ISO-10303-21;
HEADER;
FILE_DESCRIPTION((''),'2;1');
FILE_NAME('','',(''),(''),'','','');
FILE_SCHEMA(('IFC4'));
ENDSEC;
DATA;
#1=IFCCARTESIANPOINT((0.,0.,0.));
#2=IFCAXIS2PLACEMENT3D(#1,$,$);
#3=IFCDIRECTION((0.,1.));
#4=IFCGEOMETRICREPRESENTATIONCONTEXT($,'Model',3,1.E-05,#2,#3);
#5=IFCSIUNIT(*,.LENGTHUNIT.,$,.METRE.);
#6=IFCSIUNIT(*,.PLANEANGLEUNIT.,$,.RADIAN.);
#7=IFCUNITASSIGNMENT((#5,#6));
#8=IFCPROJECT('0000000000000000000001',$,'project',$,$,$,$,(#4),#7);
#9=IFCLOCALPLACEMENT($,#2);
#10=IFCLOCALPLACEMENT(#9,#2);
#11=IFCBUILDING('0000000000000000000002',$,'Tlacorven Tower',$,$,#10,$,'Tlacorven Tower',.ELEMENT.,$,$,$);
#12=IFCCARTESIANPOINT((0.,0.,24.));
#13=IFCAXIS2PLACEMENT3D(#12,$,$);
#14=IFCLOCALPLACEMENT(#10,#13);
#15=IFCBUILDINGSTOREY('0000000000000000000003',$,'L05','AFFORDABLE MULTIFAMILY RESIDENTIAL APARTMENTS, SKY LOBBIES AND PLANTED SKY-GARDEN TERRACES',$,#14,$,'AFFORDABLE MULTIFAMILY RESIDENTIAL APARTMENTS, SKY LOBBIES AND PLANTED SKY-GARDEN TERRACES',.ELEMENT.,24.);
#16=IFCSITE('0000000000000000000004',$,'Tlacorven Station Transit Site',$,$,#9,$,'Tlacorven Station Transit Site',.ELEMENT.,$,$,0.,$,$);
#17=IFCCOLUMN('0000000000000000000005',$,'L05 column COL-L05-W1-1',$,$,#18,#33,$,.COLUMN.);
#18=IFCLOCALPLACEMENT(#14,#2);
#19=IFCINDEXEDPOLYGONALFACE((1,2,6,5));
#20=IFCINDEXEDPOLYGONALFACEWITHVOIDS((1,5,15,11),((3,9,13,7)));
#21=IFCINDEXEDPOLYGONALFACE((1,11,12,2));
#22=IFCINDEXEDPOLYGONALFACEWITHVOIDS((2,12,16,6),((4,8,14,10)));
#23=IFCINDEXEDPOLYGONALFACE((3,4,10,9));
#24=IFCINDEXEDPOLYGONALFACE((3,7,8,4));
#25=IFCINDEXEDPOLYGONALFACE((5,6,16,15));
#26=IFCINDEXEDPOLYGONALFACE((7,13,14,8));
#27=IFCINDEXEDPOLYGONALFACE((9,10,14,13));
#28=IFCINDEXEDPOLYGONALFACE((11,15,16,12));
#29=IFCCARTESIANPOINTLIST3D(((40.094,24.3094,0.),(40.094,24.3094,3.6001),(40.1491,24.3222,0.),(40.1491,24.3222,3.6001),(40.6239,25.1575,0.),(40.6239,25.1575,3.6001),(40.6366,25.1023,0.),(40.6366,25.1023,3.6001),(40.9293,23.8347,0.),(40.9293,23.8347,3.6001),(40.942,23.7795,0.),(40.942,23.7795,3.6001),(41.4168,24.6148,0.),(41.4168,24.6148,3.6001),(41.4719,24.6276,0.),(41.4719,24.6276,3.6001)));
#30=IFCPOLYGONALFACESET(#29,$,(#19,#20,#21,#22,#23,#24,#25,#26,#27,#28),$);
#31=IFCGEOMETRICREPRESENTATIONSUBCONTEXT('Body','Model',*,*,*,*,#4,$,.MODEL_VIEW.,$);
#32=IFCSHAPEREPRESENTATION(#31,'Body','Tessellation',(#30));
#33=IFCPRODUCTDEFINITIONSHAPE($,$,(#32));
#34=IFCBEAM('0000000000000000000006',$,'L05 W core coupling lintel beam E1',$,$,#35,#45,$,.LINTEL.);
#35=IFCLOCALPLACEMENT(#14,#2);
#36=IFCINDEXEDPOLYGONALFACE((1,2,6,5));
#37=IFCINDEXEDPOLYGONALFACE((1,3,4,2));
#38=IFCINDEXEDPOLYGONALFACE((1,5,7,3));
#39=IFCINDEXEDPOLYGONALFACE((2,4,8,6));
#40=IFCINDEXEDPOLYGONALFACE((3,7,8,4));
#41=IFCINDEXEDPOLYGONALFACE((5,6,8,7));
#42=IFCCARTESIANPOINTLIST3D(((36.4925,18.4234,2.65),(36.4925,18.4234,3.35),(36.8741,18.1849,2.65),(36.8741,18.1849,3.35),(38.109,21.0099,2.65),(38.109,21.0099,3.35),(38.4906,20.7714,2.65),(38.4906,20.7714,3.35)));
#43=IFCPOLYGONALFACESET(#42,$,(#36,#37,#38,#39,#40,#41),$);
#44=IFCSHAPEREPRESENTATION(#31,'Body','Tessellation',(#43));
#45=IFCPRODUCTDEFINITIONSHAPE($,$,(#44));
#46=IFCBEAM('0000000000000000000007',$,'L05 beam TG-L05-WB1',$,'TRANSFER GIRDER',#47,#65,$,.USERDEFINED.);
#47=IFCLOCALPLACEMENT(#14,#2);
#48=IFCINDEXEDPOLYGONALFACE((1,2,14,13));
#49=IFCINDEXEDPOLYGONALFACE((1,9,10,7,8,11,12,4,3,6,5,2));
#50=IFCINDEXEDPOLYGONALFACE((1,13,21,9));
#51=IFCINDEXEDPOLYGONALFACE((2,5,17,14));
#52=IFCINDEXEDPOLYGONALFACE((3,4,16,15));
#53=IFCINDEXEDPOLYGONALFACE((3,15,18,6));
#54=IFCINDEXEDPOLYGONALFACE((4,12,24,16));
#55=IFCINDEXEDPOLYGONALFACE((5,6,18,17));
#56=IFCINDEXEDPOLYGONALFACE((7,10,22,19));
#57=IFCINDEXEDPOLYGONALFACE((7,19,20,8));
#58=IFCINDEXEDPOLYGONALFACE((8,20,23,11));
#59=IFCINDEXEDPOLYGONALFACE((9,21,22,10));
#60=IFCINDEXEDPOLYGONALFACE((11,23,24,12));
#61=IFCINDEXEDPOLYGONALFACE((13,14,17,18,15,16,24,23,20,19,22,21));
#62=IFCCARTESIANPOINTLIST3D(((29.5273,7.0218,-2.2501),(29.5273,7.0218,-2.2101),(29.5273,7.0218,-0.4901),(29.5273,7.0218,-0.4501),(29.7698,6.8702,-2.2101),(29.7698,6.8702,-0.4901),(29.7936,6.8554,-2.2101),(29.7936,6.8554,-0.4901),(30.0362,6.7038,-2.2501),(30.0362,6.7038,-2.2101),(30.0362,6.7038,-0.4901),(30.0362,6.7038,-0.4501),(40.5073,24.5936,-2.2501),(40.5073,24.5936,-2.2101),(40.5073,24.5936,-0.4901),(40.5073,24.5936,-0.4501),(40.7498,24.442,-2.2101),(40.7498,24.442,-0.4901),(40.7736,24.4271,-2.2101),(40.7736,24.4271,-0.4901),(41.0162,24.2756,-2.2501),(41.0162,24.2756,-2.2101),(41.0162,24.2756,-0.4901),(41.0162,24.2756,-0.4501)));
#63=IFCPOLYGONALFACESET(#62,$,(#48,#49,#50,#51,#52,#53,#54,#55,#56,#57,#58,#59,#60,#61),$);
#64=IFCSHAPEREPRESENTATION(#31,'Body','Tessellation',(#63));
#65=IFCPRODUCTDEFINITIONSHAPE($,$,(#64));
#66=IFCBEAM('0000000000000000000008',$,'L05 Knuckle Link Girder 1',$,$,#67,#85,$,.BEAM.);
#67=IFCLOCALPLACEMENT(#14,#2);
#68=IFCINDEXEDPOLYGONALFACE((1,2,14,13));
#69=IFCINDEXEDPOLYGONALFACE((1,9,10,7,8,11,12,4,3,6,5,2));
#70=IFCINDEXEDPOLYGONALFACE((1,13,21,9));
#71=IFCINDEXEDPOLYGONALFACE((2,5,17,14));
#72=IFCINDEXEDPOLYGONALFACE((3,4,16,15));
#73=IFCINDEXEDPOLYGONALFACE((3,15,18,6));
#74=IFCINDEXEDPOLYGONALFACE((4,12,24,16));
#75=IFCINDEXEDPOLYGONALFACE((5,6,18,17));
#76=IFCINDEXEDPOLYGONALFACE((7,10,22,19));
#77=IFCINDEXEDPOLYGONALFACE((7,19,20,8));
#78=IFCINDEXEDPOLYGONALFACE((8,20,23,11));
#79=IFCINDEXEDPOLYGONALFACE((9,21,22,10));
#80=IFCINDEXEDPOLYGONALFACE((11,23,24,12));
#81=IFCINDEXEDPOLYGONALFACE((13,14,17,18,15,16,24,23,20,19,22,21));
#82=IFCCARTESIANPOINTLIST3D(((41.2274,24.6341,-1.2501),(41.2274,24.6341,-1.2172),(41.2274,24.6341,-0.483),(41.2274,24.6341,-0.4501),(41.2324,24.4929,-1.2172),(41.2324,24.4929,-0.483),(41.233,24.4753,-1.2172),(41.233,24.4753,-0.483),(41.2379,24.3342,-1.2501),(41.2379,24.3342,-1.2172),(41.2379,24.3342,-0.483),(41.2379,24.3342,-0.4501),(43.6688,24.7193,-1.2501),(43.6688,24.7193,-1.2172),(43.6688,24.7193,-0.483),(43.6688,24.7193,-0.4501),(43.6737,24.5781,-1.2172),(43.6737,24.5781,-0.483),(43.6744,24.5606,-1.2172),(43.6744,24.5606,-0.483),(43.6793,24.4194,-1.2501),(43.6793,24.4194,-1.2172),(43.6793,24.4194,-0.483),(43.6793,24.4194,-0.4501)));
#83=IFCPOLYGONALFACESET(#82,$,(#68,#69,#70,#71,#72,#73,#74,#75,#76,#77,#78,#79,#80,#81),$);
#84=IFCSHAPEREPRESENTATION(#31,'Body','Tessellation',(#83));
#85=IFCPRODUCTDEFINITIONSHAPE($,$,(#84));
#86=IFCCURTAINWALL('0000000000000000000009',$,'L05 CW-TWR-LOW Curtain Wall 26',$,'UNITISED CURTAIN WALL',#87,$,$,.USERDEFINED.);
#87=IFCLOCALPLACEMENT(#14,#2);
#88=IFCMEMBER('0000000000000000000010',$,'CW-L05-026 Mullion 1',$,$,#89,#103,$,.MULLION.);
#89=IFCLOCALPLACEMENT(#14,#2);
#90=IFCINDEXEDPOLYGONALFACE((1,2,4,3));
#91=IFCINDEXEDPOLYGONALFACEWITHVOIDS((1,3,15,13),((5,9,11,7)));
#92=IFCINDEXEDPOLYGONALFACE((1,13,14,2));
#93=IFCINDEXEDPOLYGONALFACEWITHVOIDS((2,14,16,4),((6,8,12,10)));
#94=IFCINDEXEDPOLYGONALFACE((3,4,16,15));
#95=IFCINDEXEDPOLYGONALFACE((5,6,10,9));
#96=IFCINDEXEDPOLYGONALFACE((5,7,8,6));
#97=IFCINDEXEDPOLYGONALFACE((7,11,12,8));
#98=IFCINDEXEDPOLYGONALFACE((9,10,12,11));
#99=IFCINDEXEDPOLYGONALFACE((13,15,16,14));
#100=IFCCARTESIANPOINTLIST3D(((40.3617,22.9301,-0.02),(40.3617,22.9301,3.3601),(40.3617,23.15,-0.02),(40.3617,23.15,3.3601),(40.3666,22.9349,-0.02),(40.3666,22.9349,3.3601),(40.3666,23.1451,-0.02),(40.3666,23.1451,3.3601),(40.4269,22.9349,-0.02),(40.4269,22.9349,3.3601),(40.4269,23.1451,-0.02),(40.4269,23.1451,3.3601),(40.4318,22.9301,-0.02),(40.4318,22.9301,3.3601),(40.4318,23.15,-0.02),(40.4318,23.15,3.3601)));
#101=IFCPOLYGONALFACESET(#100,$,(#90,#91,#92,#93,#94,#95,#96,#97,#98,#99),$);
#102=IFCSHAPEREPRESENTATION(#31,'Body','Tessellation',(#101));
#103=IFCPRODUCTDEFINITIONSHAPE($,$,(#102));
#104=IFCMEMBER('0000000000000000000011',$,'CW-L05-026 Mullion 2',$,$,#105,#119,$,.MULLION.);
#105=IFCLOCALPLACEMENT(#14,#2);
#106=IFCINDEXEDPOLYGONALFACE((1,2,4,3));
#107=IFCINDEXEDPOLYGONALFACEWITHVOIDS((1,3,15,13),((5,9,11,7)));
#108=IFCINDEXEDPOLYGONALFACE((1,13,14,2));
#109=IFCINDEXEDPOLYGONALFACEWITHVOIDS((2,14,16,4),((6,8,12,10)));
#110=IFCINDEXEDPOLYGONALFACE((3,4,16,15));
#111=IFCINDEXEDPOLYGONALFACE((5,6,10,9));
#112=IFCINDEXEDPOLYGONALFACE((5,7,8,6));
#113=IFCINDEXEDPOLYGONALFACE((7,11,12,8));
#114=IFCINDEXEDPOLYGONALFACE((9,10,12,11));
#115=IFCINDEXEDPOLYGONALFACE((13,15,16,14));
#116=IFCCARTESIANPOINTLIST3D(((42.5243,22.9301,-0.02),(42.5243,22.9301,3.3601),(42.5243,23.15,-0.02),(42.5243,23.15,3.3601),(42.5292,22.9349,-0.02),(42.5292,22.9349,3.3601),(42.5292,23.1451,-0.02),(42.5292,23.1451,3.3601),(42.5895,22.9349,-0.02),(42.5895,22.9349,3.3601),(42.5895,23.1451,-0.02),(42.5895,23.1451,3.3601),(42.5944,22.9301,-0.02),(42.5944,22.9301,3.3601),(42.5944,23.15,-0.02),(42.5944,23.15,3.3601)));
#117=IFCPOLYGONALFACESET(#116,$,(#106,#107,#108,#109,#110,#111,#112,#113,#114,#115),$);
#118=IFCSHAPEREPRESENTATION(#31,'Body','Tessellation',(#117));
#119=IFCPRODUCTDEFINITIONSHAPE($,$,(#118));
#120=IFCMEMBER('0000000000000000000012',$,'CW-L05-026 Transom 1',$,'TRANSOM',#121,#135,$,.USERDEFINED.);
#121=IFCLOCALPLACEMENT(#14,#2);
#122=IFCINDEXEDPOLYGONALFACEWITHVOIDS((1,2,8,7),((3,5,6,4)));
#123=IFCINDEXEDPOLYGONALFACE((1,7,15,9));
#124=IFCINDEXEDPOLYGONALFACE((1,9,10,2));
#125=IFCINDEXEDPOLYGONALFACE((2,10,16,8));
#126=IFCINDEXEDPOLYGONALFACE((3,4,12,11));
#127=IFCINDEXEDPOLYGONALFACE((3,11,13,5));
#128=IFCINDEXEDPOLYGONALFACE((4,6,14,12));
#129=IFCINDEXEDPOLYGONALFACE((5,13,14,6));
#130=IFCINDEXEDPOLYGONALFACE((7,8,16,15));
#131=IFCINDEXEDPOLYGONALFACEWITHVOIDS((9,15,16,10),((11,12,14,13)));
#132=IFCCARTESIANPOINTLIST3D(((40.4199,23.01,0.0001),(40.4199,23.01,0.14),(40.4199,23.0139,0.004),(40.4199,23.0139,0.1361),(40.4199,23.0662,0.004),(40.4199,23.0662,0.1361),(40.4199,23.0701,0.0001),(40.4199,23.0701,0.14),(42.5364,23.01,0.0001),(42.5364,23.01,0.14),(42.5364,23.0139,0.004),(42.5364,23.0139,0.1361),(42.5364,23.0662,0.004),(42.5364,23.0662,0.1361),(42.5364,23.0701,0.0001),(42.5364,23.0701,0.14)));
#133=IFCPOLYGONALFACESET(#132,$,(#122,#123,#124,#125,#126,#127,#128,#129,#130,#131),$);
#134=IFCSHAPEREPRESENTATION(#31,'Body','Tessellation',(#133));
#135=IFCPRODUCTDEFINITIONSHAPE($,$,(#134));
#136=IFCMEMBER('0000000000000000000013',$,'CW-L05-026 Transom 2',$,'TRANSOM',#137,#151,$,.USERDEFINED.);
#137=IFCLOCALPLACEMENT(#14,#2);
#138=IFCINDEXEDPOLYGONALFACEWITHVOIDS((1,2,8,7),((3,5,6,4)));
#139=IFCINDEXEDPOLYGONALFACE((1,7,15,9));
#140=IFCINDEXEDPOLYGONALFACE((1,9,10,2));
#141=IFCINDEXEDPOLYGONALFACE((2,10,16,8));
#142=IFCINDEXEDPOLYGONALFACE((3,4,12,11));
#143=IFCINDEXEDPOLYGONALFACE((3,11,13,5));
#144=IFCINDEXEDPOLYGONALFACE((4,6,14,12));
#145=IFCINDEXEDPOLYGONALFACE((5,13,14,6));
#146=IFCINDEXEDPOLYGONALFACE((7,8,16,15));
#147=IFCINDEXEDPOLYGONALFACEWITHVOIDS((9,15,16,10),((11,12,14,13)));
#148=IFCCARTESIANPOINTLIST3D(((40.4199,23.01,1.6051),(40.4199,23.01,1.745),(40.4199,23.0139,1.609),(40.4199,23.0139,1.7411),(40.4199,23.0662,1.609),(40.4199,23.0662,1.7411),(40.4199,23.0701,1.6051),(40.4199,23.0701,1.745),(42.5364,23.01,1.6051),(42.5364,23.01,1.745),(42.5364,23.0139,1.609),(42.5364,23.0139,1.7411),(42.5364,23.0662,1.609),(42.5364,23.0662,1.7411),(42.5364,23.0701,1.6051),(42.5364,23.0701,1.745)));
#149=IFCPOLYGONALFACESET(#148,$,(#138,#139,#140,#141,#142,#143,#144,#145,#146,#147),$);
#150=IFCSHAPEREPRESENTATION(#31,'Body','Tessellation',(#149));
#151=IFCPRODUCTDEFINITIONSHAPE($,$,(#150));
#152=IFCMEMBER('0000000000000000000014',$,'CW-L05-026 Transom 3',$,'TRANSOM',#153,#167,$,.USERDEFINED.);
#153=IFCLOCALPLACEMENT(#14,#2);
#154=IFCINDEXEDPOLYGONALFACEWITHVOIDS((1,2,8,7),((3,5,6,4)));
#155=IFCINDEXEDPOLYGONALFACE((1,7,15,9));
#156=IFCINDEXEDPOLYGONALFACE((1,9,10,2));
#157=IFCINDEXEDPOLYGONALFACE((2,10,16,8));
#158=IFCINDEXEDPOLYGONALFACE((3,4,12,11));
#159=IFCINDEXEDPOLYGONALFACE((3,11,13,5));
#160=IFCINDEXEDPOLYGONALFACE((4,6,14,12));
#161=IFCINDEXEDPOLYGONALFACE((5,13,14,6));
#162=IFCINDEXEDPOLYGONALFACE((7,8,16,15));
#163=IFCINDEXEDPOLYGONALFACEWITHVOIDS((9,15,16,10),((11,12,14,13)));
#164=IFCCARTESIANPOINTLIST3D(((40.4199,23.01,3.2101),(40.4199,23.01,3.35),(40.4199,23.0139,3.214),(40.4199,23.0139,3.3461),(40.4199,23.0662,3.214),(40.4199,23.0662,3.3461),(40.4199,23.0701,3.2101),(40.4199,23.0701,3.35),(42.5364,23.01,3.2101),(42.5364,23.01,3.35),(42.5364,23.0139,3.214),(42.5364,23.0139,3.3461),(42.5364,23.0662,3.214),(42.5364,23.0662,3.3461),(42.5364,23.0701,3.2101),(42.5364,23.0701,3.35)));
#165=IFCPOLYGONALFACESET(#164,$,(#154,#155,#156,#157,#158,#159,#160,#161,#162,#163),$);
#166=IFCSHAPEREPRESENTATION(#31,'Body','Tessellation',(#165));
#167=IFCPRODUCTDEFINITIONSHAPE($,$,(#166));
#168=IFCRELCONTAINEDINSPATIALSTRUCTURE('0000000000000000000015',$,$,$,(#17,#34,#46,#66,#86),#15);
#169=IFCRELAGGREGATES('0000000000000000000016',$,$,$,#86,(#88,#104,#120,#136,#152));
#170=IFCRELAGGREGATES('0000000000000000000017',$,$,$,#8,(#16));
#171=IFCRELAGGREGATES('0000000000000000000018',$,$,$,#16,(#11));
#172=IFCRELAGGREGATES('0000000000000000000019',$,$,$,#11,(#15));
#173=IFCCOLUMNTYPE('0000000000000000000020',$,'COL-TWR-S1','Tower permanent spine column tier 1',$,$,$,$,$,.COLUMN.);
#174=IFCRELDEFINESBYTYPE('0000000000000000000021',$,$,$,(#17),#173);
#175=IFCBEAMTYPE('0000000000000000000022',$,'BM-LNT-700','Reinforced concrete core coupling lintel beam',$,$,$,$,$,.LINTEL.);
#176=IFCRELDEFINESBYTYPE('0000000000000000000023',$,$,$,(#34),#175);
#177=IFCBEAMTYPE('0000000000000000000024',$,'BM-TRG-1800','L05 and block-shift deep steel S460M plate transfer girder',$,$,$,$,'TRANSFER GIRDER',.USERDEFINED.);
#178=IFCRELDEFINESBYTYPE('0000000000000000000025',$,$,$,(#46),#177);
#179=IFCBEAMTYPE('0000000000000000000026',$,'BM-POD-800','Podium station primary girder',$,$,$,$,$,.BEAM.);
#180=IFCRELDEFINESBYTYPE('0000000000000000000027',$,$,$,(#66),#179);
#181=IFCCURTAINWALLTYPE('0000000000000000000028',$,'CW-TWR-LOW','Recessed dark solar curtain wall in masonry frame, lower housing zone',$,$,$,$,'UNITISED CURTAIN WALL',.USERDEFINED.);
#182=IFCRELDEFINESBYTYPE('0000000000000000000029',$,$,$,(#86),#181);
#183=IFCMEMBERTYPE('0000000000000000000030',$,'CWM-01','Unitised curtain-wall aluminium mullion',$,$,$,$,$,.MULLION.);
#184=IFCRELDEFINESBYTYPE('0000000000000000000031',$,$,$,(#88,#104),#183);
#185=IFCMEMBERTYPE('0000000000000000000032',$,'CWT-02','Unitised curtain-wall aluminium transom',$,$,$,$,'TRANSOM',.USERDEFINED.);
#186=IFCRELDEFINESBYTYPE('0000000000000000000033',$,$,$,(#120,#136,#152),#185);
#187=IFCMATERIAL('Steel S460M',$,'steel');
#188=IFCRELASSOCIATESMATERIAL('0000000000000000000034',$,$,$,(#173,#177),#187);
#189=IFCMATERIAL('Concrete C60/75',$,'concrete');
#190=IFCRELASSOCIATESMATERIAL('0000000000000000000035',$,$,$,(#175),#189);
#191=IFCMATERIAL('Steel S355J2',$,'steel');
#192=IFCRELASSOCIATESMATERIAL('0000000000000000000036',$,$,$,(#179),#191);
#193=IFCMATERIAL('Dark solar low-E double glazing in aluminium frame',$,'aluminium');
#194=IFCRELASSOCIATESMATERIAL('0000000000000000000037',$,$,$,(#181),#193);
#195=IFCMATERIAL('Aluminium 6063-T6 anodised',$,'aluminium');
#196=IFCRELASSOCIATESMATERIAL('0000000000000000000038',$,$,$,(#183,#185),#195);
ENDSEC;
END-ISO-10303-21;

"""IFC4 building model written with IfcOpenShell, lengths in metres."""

from ifc_helpers import new_model, si_unit, direction, frame, origin, origin_2d, place, context, subcontext, project, spatial, rectangle, hollow_rectangle, i_section, extrude, source, transform, mapped, material, material_profile, profile_set, type_object, element, aggregate, save


model = new_model("IFC4")

# Units and contexts
model_context = context("Model", 3, precision=1e-05, world=origin(), true_north=direction((0.0, 1.0)))
body_context = subcontext(model_context, "Body", "Model", "MODEL_VIEW")
ifc_project = project(units=[si_unit("LENGTHUNIT", "METRE"), si_unit("PLANEANGLEUNIT", "RADIAN")], contexts=[model_context])

# Site, building, storey
site_placement = place(None, origin())
site = spatial("IfcSite", under=ifc_project, at=site_placement, Name="Tlacorven Station Transit Site", LongName="Tlacorven Station Transit Site", CompositionType="ELEMENT", RefElevation=0.0)
building_placement = place(site_placement, origin())
building = spatial("IfcBuilding", under=site, at=building_placement, Name="Tlacorven Tower", LongName="Tlacorven Tower", CompositionType="ELEMENT")
storey_placement = place(building_placement, frame((0.0, 0.0, 24.0)))
storey = spatial("IfcBuildingStorey", under=building, at=storey_placement, Name="L05", Description="AFFORDABLE MULTIFAMILY RESIDENTIAL APARTMENTS, SKY LOBBIES AND PLANTED SKY-GARDEN TERRACES", LongName="AFFORDABLE MULTIFAMILY RESIDENTIAL APARTMENTS, SKY LOBBIES AND PLANTED SKY-GARDEN TERRACES", CompositionType="ELEMENT", Elevation=24.0)

# Column
ifc_material_1 = material(Name="Steel S460M", Category="steel")
ifc_material_profile_1 = material_profile(ifc_material_1, hollow_rectangle(XDim=1.0, YDim=1.0, WallThickness=0.04, at=origin_2d()), Name="BOX 1000X1000X40")
ifc_profile_set_1 = profile_set([ifc_material_profile_1], Name="Steel S460M")
column_type = type_object("IfcColumnType", Name="COL-TWR-S1", Description="Tower permanent spine column tier 1", PredefinedType="COLUMN", material=ifc_profile_set_1)
shared_shape_1 = source(origin(), body_context, "Body", "SweptSolid", [
    extrude(hollow_rectangle(XDim=1.0, YDim=1.0, WallThickness=0.04, at=origin_2d()), origin(), (0.0, 0.0, 1.0), 3.6001),
])
column_placement = place(storey_placement, frame((40.783, 24.4685, 0.0), z_axis=(0.0, 0.0, 1.0), x_axis=(-0.848048, 0.529919, 0.0)))
element("IfcColumn", 1, at=column_placement, inside=storey, type_object=column_type, Name="L05 column COL-L05-W1-1", PredefinedType="COLUMN", context=body_context, shape_type="MappedRepresentation", body=[
    mapped(shared_shape_1, transform((0.0, 0.0, 0.0), scale=1.0)),
])

# Beams
ifc_material_2 = material(Name="Concrete C60/75", Category="concrete")
ifc_material_profile_2 = material_profile(ifc_material_2, rectangle(XDim=0.45, YDim=0.7, at=origin_2d()), Name="RC 450X700")
ifc_profile_set_2 = profile_set([ifc_material_profile_2], Name="Concrete C60/75")
beam_type_1 = type_object("IfcBeamType", Name="BM-LNT-700", Description="Reinforced concrete core coupling lintel beam", PredefinedType="LINTEL", material=ifc_profile_set_2)
shared_shape_2 = source(origin(), body_context, "Body", "SweptSolid", [
    extrude(rectangle(XDim=0.45, YDim=0.7, at=origin_2d()), origin(), (0.0, 0.0, 1.0), 3.05),
])
beam_1_placement = place(storey_placement, frame((38.2998, 20.8906, 3.0), z_axis=(-0.529985, -0.848007, 0.0), x_axis=(0.848007, -0.529985, 0.0)))
element("IfcBeam", 2, at=beam_1_placement, inside=storey, type_object=beam_type_1, Name="L05 W core coupling lintel beam E1", PredefinedType="LINTEL", context=body_context, shape_type="MappedRepresentation", body=[
    mapped(shared_shape_2, transform((0.0, 0.0, 0.0), scale=1.0)),
])
ifc_material_profile_3 = material_profile(ifc_material_1, i_section(OverallWidth=0.6001, OverallDepth=1.8, WebThickness=0.0281, FlangeThickness=0.04, at=origin_2d()), Name="PG 1800X600X28X40")
ifc_profile_set_3 = profile_set([ifc_material_profile_3], Name="Steel S460M")
beam_type_2 = type_object("IfcBeamType", Name="BM-TRG-1800", Description="L05 and block-shift deep steel S460M plate transfer girder", ElementType="TRANSFER GIRDER", PredefinedType="USERDEFINED", material=ifc_profile_set_3)
shared_shape_3 = source(origin(), body_context, "Body", "SweptSolid", [
    extrude(i_section(OverallWidth=0.6001, OverallDepth=1.8, WebThickness=0.0281, FlangeThickness=0.04, at=origin_2d()), origin(), (0.0, 0.0, 1.0), 20.7202),
])
beam_2_placement = place(storey_placement, frame((40.7617, 24.4346, -1.3501), z_axis=(-0.529916, -0.84805, 0.0), x_axis=(0.84805, -0.529916, 0.0)))
element("IfcBeam", 3, at=beam_2_placement, inside=storey, type_object=beam_type_2, Name="L05 beam TG-L05-WB1", ObjectType="TRANSFER GIRDER", PredefinedType="USERDEFINED", context=body_context, shape_type="MappedRepresentation", body=[
    mapped(shared_shape_3, transform((0.0, 0.0, 0.0), scale=1.0)),
])
ifc_material_3 = material(Name="Steel S355J2", Category="steel")
ifc_material_profile_4 = material_profile(ifc_material_3, i_section(OverallWidth=0.3, OverallDepth=0.8, WebThickness=0.0176, FlangeThickness=0.033, at=origin_2d()), Name="HEB 800")
ifc_profile_set_4 = profile_set([ifc_material_profile_4], Name="Steel S355J2")
beam_type_3 = type_object("IfcBeamType", Name="BM-POD-800", Description="Podium station primary girder", PredefinedType="BEAM", material=ifc_profile_set_4)
shared_shape_4 = source(origin(), body_context, "Body", "SweptSolid", [
    extrude(i_section(OverallWidth=0.3, OverallDepth=0.8, WebThickness=0.0176, FlangeThickness=0.033, at=origin_2d()), origin(), (0.0, 0.0, 1.0), 2.4429),
])
beam_3_placement = place(storey_placement, frame((41.2327, 24.4841, -0.8501), z_axis=(0.999392, 0.034879, 0.0), x_axis=(-0.034879, 0.999392, 0.0)))
element("IfcBeam", 4, at=beam_3_placement, inside=storey, type_object=beam_type_3, Name="L05 Knuckle Link Girder 1", PredefinedType="BEAM", context=body_context, shape_type="MappedRepresentation", body=[
    mapped(shared_shape_4, transform((0.0, 0.0, 0.0), scale=1.0)),
])

# Curtain wall, members
ifc_material_4 = material(Name="Dark solar low-E double glazing in aluminium frame", Category="aluminium")
curtain_wall_type = type_object("IfcCurtainWallType", Name="CW-TWR-LOW", Description="Recessed dark solar curtain wall in masonry frame, lower housing zone", ElementType="UNITISED CURTAIN WALL", PredefinedType="USERDEFINED", material=ifc_material_4)
curtain_wall_placement = place(storey_placement, origin())
curtain_wall = element("IfcCurtainWall", 5, at=curtain_wall_placement, inside=storey, type_object=curtain_wall_type, Name="L05 CW-TWR-LOW Curtain Wall 26", ObjectType="UNITISED CURTAIN WALL", PredefinedType="USERDEFINED")
ifc_material_5 = material(Name="Aluminium 6063-T6 anodised", Category="aluminium")
ifc_material_profile_5 = material_profile(ifc_material_5, hollow_rectangle(XDim=0.0701, YDim=0.22, WallThickness=0.0049, at=origin_2d()), Name="ALU MULLION 70X220")
ifc_profile_set_5 = profile_set([ifc_material_profile_5], Name="Aluminium 6063-T6 anodised")
member_type_1 = type_object("IfcMemberType", Name="CWM-01", Description="Unitised curtain-wall aluminium mullion", PredefinedType="MULLION", material=ifc_profile_set_5)
shared_shape_5 = source(origin(), body_context, "Body", "SweptSolid", [
    extrude(hollow_rectangle(XDim=0.0701, YDim=0.22, WallThickness=0.0049, at=origin_2d()), origin(), (0.0, 0.0, 1.0), 3.3801),
])
member_1_placement = place(storey_placement, frame((40.3967, 23.04, -0.02), z_axis=(0.0, 0.0, 1.0), x_axis=(1.0, 0.0, 0.0)))
member_1 = element("IfcMember", 6, at=member_1_placement, type_object=member_type_1, Name="CW-L05-026 Mullion 1", PredefinedType="MULLION", context=body_context, shape_type="MappedRepresentation", body=[
    mapped(shared_shape_5, transform((0.0, 0.0, 0.0), scale=1.0)),
])
member_2_placement = place(storey_placement, frame((42.5593, 23.04, -0.02), z_axis=(0.0, 0.0, 1.0), x_axis=(1.0, 0.0, 0.0)))
member_2 = element("IfcMember", 7, at=member_2_placement, type_object=member_type_1, Name="CW-L05-026 Mullion 2", PredefinedType="MULLION", context=body_context, shape_type="MappedRepresentation", body=[
    mapped(shared_shape_5, transform((0.0, 0.0, 0.0), scale=1.0)),
])
ifc_material_profile_6 = material_profile(ifc_material_5, hollow_rectangle(XDim=0.0601, YDim=0.1399, WallThickness=0.0039, at=origin_2d()), Name="ALU TRANSOM 60X140")
ifc_profile_set_6 = profile_set([ifc_material_profile_6], Name="Aluminium 6063-T6 anodised")
member_type_2 = type_object("IfcMemberType", Name="CWT-02", Description="Unitised curtain-wall aluminium transom", ElementType="TRANSOM", PredefinedType="USERDEFINED", material=ifc_profile_set_6)
shared_shape_6 = source(origin(), body_context, "Body", "SweptSolid", [
    extrude(hollow_rectangle(XDim=0.0601, YDim=0.1399, WallThickness=0.0039, at=origin_2d()), origin(), (0.0, 0.0, 1.0), 2.1165),
])
member_3_placement = place(storey_placement, frame((40.4199, 23.04, 0.0701), z_axis=(1.0, 0.0, 0.0), x_axis=(0.0, 1.0, 0.0)))
member_3 = element("IfcMember", 8, at=member_3_placement, type_object=member_type_2, Name="CW-L05-026 Transom 1", ObjectType="TRANSOM", PredefinedType="USERDEFINED", context=body_context, shape_type="MappedRepresentation", body=[
    mapped(shared_shape_6, transform((0.0, 0.0, 0.0), scale=1.0)),
])
member_4_placement = place(storey_placement, frame((40.4199, 23.04, 1.675), z_axis=(1.0, 0.0, 0.0), x_axis=(0.0, 1.0, 0.0)))
member_4 = element("IfcMember", 9, at=member_4_placement, type_object=member_type_2, Name="CW-L05-026 Transom 2", ObjectType="TRANSOM", PredefinedType="USERDEFINED", context=body_context, shape_type="MappedRepresentation", body=[
    mapped(shared_shape_6, transform((0.0, 0.0, 0.0), scale=1.0)),
])
member_5_placement = place(storey_placement, frame((40.4199, 23.04, 3.28), z_axis=(1.0, 0.0, 0.0), x_axis=(0.0, 1.0, 0.0)))
member_5 = element("IfcMember", 10, at=member_5_placement, type_object=member_type_2, Name="CW-L05-026 Transom 3", ObjectType="TRANSOM", PredefinedType="USERDEFINED", context=body_context, shape_type="MappedRepresentation", body=[
    mapped(shared_shape_6, transform((0.0, 0.0, 0.0), scale=1.0)),
])
aggregate(curtain_wall, [member_1, member_2, member_3, member_4, member_5])

save(model, "model.ifc")
